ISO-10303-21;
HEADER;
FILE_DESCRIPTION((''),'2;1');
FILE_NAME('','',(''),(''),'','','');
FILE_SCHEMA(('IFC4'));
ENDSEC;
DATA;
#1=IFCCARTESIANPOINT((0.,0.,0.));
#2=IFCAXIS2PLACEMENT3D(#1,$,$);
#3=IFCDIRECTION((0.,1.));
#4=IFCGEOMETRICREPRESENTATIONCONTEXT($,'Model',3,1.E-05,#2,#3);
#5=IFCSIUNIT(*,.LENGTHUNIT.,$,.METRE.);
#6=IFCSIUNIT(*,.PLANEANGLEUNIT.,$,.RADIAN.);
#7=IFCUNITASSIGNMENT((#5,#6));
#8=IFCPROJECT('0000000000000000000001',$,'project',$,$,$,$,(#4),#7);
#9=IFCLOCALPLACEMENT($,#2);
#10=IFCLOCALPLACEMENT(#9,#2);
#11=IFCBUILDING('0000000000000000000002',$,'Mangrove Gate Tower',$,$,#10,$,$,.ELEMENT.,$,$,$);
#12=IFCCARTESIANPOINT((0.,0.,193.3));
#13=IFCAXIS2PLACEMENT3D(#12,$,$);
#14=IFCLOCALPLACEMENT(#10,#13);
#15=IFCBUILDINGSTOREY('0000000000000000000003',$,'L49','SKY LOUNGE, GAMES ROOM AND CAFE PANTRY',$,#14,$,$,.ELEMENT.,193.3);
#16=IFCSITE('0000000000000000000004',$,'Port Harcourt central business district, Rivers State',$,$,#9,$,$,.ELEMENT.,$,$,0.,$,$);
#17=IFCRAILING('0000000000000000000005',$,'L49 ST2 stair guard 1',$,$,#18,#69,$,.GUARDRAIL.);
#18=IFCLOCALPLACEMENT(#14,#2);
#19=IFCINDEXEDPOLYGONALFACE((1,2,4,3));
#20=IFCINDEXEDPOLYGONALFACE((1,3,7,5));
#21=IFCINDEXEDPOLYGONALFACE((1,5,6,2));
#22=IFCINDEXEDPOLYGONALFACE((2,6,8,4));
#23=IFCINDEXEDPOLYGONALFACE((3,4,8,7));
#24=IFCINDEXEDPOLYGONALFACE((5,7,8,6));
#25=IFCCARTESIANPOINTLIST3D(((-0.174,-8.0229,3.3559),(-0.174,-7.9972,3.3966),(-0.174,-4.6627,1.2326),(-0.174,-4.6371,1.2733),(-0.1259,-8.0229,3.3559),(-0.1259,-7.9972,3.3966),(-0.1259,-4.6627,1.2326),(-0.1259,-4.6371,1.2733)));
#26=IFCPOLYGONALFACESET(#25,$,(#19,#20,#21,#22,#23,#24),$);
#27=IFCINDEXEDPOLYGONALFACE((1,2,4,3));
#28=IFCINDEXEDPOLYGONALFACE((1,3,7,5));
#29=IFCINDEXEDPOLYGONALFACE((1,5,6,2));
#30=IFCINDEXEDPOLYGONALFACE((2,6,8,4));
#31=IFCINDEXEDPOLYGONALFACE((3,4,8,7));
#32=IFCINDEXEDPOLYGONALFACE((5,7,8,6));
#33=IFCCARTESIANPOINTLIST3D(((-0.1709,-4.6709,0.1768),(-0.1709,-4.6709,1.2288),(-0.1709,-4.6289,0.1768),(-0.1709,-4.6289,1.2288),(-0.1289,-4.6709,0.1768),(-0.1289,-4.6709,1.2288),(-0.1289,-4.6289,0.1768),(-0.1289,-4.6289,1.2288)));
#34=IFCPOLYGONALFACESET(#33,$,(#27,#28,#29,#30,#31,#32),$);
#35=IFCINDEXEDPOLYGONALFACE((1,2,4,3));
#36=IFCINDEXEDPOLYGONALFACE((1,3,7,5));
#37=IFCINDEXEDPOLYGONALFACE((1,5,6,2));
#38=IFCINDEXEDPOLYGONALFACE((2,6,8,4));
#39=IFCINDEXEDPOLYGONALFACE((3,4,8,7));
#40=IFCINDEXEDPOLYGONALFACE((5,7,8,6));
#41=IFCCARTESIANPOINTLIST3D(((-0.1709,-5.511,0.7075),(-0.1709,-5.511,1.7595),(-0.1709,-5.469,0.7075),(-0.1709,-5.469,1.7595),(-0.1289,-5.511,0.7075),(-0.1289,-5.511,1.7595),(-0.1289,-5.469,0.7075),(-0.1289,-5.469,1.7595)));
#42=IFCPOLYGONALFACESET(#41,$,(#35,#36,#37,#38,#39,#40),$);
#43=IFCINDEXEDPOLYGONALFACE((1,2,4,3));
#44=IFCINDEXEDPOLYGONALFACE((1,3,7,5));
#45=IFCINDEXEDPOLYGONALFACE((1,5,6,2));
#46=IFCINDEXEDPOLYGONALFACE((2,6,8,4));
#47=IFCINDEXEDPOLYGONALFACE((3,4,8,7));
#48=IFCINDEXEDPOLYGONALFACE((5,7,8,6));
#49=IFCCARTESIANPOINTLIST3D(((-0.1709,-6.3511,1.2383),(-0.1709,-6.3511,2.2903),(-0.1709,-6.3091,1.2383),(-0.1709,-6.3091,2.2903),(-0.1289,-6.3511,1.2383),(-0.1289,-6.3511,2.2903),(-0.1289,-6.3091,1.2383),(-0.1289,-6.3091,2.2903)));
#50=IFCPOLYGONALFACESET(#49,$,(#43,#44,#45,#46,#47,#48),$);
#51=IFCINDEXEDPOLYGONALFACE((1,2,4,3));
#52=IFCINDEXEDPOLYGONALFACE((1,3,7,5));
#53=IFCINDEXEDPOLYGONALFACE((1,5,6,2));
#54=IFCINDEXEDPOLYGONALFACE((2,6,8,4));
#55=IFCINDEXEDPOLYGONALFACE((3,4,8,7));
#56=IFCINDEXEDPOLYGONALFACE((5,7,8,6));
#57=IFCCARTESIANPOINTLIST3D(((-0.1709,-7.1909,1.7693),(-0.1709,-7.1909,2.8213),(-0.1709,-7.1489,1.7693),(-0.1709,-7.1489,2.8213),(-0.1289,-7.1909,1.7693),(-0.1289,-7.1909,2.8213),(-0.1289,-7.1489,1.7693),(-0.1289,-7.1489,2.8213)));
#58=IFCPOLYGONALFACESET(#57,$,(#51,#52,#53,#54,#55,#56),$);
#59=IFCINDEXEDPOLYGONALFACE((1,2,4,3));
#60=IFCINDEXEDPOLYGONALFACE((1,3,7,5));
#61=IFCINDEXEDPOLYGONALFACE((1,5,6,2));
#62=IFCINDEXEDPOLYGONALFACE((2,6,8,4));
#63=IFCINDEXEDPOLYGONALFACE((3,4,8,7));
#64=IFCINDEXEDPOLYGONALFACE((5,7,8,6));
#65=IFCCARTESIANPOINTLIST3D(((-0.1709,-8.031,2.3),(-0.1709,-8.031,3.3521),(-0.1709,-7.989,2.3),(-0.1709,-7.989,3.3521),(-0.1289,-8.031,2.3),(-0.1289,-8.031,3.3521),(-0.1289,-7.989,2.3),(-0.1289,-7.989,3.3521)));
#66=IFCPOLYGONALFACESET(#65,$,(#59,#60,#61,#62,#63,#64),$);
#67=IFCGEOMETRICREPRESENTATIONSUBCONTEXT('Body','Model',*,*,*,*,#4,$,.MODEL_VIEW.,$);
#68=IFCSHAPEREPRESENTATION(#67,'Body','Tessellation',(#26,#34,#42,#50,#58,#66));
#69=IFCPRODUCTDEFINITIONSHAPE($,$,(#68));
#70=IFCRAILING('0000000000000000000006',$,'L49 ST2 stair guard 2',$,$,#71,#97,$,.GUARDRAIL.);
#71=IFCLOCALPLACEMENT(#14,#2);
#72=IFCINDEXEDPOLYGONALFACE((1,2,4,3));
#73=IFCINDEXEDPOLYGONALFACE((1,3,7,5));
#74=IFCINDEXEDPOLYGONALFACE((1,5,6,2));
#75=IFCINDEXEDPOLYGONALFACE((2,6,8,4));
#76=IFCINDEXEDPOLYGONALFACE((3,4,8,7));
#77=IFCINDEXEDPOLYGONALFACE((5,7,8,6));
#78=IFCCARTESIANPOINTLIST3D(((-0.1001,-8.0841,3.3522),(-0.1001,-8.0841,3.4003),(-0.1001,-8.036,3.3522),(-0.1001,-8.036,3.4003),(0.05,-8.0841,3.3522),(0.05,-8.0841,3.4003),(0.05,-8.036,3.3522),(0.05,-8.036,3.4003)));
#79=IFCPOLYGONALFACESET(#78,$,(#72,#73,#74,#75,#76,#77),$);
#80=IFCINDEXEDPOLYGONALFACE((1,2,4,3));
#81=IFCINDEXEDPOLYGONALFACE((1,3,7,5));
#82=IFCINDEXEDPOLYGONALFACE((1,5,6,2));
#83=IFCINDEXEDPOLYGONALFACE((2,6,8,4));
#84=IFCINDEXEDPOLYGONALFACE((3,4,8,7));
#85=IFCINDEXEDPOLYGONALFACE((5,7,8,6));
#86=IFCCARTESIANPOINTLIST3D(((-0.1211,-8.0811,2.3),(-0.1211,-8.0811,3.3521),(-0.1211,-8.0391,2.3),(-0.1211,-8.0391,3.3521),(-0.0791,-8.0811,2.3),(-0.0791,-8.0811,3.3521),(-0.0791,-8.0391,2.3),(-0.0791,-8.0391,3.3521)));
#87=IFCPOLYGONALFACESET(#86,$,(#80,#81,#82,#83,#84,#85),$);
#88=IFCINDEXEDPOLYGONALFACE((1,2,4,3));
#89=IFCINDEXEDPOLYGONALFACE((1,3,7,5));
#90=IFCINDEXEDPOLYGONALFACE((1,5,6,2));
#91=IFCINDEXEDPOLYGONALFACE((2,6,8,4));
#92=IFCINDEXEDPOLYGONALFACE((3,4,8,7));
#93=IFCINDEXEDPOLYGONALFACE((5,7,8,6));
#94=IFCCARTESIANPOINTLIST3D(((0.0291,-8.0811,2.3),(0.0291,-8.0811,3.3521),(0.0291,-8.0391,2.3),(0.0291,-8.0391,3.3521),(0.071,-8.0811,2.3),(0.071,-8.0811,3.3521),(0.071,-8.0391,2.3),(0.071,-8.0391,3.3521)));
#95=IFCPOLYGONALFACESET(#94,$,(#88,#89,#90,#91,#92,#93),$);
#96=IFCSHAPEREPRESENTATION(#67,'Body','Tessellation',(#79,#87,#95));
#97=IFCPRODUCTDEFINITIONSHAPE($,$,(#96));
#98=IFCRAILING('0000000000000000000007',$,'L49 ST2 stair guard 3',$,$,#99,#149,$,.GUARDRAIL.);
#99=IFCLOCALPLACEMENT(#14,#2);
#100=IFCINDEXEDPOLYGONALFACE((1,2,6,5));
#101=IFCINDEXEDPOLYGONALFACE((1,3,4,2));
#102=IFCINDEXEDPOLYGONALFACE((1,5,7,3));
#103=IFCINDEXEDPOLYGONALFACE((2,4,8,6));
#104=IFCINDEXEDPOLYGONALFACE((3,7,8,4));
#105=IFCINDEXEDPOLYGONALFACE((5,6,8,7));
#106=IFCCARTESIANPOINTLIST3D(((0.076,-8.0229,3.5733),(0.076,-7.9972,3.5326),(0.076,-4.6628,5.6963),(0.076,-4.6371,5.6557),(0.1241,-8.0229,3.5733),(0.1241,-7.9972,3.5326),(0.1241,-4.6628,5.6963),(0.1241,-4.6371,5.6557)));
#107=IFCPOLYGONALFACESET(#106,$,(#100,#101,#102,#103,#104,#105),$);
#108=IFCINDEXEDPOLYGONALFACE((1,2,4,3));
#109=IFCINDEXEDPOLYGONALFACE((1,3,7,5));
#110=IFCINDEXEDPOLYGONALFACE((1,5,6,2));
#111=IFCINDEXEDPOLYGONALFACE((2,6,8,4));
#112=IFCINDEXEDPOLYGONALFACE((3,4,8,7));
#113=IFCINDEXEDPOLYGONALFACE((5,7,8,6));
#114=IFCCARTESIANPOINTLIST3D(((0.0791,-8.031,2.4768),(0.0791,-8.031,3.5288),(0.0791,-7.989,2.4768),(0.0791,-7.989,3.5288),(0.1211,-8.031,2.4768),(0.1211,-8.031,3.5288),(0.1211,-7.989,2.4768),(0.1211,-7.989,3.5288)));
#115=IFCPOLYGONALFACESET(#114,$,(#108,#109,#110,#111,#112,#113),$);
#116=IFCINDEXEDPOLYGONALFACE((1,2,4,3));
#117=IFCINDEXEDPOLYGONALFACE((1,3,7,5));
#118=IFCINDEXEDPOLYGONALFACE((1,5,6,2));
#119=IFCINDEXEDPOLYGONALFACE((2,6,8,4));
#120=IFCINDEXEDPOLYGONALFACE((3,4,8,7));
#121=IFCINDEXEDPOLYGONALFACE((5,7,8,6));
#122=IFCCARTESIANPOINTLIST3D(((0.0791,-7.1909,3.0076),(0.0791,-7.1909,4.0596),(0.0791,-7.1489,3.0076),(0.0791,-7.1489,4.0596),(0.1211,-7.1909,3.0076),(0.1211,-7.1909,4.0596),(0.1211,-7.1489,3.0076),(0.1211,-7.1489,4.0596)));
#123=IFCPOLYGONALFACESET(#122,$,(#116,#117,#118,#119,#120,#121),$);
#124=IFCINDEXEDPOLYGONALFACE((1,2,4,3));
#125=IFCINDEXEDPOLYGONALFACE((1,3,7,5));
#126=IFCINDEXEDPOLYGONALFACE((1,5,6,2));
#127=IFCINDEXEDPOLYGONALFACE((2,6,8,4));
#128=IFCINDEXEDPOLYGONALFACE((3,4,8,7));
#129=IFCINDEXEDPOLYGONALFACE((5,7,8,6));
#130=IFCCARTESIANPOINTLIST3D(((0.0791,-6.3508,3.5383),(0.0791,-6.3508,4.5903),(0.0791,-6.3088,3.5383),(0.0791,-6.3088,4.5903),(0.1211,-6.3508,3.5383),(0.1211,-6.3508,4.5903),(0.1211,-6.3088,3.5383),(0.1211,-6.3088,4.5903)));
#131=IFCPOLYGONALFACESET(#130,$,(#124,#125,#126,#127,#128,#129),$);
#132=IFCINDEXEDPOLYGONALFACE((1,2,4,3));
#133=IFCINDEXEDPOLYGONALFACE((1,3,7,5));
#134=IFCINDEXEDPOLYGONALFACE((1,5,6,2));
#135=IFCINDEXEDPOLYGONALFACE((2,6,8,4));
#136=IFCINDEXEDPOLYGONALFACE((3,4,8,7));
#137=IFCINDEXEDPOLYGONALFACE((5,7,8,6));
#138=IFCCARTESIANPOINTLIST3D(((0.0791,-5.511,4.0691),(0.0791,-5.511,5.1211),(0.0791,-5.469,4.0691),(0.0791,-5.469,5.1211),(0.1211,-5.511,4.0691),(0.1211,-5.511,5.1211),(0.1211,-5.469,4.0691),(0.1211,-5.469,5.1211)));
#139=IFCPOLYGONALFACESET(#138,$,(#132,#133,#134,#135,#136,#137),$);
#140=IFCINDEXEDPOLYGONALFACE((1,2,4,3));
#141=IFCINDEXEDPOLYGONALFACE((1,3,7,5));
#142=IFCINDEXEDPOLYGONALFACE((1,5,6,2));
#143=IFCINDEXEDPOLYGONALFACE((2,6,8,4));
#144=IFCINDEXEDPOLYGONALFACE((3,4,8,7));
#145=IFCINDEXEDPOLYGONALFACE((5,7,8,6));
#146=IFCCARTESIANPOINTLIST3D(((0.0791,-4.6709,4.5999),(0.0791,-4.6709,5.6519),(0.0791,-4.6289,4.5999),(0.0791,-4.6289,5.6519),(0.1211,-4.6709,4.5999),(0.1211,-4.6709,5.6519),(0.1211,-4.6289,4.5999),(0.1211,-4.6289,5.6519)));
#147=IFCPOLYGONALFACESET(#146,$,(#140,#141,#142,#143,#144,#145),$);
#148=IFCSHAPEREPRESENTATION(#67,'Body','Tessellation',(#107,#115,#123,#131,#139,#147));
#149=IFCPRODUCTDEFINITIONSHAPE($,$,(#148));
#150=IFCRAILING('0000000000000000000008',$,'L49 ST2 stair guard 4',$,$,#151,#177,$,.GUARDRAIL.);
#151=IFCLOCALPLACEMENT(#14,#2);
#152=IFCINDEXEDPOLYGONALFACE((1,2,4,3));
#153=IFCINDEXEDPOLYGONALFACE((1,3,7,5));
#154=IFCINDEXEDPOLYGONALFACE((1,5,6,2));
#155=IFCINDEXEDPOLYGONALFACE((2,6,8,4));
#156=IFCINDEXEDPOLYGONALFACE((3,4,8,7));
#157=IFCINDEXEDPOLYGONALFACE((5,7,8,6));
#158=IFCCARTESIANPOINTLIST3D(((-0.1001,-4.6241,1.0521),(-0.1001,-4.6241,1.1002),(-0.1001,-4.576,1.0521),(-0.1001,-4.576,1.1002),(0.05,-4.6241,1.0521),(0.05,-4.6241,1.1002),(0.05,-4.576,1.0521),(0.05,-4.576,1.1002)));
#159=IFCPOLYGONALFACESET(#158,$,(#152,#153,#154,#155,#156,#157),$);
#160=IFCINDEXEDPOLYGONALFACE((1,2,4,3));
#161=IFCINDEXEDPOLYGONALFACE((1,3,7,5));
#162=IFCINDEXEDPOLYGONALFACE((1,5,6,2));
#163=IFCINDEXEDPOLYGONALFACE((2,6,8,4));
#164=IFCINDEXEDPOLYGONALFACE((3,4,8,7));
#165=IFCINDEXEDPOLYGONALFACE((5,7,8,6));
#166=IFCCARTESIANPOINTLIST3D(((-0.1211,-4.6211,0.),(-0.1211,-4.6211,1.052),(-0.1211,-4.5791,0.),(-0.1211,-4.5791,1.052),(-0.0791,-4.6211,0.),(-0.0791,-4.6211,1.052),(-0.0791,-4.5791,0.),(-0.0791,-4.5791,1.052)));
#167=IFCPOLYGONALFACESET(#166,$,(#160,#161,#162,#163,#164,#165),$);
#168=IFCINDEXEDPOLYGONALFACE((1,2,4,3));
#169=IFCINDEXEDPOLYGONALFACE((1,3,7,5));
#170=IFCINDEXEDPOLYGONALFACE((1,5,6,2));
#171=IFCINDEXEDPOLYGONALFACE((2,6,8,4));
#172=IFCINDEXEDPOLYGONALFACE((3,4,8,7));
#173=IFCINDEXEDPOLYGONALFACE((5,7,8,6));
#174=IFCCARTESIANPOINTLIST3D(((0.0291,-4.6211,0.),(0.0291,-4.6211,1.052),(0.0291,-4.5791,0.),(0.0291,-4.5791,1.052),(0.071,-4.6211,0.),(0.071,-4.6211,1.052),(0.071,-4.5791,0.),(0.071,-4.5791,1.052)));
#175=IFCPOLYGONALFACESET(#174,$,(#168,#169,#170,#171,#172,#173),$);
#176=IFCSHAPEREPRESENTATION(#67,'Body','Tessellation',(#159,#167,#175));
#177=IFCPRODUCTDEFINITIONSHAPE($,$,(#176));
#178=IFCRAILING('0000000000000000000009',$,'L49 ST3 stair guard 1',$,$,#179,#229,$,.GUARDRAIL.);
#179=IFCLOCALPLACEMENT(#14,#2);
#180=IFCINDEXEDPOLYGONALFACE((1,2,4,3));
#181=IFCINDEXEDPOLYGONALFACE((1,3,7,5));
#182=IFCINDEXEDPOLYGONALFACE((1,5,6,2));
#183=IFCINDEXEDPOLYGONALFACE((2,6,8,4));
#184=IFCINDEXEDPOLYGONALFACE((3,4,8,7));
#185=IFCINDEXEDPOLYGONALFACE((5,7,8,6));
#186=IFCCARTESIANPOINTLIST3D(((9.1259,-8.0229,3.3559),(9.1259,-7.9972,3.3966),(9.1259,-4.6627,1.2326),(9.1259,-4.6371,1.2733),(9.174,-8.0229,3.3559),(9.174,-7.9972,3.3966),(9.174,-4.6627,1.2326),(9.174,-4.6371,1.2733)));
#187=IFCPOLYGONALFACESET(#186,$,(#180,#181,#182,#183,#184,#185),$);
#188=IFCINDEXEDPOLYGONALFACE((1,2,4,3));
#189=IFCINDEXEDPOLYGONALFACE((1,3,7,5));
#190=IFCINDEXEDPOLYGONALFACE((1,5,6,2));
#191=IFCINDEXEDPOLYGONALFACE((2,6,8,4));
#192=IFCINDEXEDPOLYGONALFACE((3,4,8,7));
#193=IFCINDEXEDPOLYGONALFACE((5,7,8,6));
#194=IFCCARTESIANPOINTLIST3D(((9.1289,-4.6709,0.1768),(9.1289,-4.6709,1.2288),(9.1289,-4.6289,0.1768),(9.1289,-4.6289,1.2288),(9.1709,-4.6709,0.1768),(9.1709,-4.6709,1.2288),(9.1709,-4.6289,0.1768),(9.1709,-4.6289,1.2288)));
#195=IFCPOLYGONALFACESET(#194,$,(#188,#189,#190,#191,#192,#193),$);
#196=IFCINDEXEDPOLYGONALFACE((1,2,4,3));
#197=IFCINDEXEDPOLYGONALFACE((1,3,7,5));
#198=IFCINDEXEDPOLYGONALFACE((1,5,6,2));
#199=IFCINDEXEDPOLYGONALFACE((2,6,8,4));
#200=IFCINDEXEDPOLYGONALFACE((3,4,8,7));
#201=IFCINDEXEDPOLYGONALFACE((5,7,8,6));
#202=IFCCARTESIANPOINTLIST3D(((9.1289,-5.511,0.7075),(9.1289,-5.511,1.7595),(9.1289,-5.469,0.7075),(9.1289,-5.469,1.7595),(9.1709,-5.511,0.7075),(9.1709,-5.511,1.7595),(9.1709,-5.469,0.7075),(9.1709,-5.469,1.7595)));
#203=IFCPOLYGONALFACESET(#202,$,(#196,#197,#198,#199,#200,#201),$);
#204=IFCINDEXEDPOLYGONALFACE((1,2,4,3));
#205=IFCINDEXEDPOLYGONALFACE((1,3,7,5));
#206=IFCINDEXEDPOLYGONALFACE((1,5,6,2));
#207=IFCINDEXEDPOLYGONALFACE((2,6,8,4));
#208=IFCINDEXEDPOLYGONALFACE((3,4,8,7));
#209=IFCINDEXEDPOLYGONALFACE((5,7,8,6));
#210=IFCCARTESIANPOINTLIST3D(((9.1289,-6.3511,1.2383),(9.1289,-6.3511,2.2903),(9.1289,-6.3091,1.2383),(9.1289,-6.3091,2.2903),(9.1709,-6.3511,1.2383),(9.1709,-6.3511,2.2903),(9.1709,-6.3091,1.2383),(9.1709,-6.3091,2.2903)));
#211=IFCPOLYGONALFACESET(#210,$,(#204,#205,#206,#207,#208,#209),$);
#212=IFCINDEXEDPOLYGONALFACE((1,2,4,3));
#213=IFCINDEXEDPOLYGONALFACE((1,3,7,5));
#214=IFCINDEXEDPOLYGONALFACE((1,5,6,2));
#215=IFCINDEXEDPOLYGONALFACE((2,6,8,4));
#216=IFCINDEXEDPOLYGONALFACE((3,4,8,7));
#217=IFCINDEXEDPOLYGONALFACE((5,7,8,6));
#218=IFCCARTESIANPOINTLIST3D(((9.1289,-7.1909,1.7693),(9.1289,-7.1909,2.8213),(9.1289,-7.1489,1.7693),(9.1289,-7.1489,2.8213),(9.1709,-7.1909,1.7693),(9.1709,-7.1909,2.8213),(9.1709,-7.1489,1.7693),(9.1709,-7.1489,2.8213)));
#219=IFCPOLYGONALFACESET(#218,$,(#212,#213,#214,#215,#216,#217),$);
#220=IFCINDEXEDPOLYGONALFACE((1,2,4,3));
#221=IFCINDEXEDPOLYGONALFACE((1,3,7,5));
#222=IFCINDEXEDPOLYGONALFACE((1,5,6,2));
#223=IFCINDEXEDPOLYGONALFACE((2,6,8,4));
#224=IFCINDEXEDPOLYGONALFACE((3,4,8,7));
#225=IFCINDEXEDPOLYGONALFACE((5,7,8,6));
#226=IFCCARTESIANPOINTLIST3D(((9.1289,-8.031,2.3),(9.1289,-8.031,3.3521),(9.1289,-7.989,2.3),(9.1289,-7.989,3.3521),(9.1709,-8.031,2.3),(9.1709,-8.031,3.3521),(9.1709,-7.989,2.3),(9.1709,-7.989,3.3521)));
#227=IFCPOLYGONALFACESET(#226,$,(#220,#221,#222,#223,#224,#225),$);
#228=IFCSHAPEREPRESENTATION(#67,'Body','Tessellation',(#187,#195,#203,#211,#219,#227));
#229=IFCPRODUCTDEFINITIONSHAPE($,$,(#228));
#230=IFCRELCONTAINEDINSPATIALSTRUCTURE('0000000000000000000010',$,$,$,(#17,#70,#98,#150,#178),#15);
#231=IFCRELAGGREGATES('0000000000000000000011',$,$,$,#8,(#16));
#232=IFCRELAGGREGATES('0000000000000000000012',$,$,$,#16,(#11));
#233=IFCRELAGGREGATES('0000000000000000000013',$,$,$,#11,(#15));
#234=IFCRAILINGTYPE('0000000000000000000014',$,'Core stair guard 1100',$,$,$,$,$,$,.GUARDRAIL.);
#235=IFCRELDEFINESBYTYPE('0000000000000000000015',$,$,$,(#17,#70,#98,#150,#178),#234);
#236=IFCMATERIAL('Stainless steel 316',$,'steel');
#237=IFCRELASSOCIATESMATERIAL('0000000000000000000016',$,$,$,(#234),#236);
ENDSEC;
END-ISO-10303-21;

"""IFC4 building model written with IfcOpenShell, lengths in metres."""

from ifc_helpers import new_model, si_unit, direction, frame, origin, origin_2d, place, context, subcontext, project, spatial, rectangle, extrude, material, type_object, element, save


model = new_model("IFC4")

# Units and contexts
model_context = context("Model", 3, precision=1e-05, world=origin(), true_north=direction((0.0, 1.0)))
body_context = subcontext(model_context, "Body", "Model", "MODEL_VIEW")
ifc_project = project(units=[si_unit("LENGTHUNIT", "METRE"), si_unit("PLANEANGLEUNIT", "RADIAN")], contexts=[model_context])

# Site, building, storey
site_placement = place(None, origin())
site = spatial("IfcSite", under=ifc_project, at=site_placement, Name="Port Harcourt central business district, Rivers State", CompositionType="ELEMENT", RefElevation=0.0)
building_placement = place(site_placement, origin())
building = spatial("IfcBuilding", under=site, at=building_placement, Name="Mangrove Gate Tower", CompositionType="ELEMENT")
storey_placement = place(building_placement, frame((0.0, 0.0, 193.3)))
storey = spatial("IfcBuildingStorey", under=building, at=storey_placement, Name="L49", Description="SKY LOUNGE, GAMES ROOM AND CAFE PANTRY", CompositionType="ELEMENT", Elevation=193.3)

# Railings
ifc_material_1 = material(Name="Stainless steel 316", Category="steel")
railing_type_1 = type_object("IfcRailingType", Name="Core stair guard 1100", PredefinedType="GUARDRAIL", material=ifc_material_1)
railing_1_placement = place(storey_placement, frame((-0.1499, -4.6499, 0.1768)))
element("IfcRailing", 1, at=railing_1_placement, inside=storey, type_object=railing_type_1, Name="L49 ST2 stair guard 1", PredefinedType="GUARDRAIL", context=body_context, shape_type="SweptSolid", body=[
    extrude(rectangle(XDim=0.0481, YDim=0.0481, at=origin_2d()), frame((0.0, 0.0, 1.0762), z_axis=(0.0, -0.845362, 0.534194), x_axis=(1.0, 0.0, 0.0)), (0.0, 0.0, 1.0), 3.9749),
    extrude(rectangle(XDim=0.042, YDim=0.042, at=origin_2d()), origin(), (0.0, 0.0, 1.0), 1.052),
    extrude(rectangle(XDim=0.042, YDim=0.042, at=origin_2d()), frame((0.0, -0.8401, 0.5308)), (0.0, 0.0, 1.0), 1.052),
    extrude(rectangle(XDim=0.042, YDim=0.042, at=origin_2d()), frame((0.0, -1.6802, 1.0615)), (0.0, 0.0, 1.0), 1.052),
    extrude(rectangle(XDim=0.042, YDim=0.042, at=origin_2d()), frame((0.0, -2.52, 1.5925)), (0.0, 0.0, 1.0), 1.052),
    extrude(rectangle(XDim=0.042, YDim=0.042, at=origin_2d()), frame((0.0, -3.3601, 2.1233)), (0.0, 0.0, 1.0), 1.052),
])
railing_2_placement = place(storey_placement, frame((-0.1001, -8.0601, 2.3)))
element("IfcRailing", 2, at=railing_2_placement, inside=storey, type_object=railing_type_1, Name="L49 ST2 stair guard 2", PredefinedType="GUARDRAIL", context=body_context, shape_type="SweptSolid", body=[
    extrude(rectangle(XDim=0.0481, YDim=0.0481, at=origin_2d()), frame((0.0, 0.0, 1.0762), z_axis=(1.0, 0.0, 0.0), x_axis=(0.0, 1.0, 0.0)), (0.0, 0.0, 1.0), 0.1501),
    extrude(rectangle(XDim=0.042, YDim=0.042, at=origin_2d()), origin(), (0.0, 0.0, 1.0), 1.052),
    extrude(rectangle(XDim=0.042, YDim=0.042, at=origin_2d()), frame((0.1501, 0.0, 0.0)), (0.0, 0.0, 1.0), 1.052),
])
railing_3_placement = place(storey_placement, frame((0.1001, -8.01, 2.4768)))
element("IfcRailing", 3, at=railing_3_placement, inside=storey, type_object=railing_type_1, Name="L49 ST2 stair guard 3", PredefinedType="GUARDRAIL", context=body_context, shape_type="SweptSolid", body=[
    extrude(rectangle(XDim=0.0481, YDim=0.0481, at=origin_2d()), frame((0.0, 0.0, 1.0762), z_axis=(0.0, 0.84539, 0.53415), x_axis=(-1.0, 0.0, 0.0)), (0.0, 0.0, 1.0), 3.9746),
    extrude(rectangle(XDim=0.042, YDim=0.042, at=origin_2d()), origin(), (0.0, 0.0, 1.0), 1.052),
    extrude(rectangle(XDim=0.042, YDim=0.042, at=origin_2d()), frame((0.0, 0.8401, 0.5308)), (0.0, 0.0, 1.0), 1.052),
    extrude(rectangle(XDim=0.042, YDim=0.042, at=origin_2d()), frame((0.0, 1.6802, 1.0615)), (0.0, 0.0, 1.0), 1.052),
    extrude(rectangle(XDim=0.042, YDim=0.042, at=origin_2d()), frame((0.0, 2.52, 1.5923)), (0.0, 0.0, 1.0), 1.052),
    extrude(rectangle(XDim=0.042, YDim=0.042, at=origin_2d()), frame((0.0, 3.3601, 2.123)), (0.0, 0.0, 1.0), 1.052),
])
railing_4_placement = place(storey_placement, frame((-0.1001, -4.6001, 0.0)))
element("IfcRailing", 4, at=railing_4_placement, inside=storey, type_object=railing_type_1, Name="L49 ST2 stair guard 4", PredefinedType="GUARDRAIL", context=body_context, shape_type="SweptSolid", body=[
    extrude(rectangle(XDim=0.0481, YDim=0.0481, at=origin_2d()), frame((0.0, 0.0, 1.0762), z_axis=(1.0, 0.0, 0.0), x_axis=(0.0, 1.0, 0.0)), (0.0, 0.0, 1.0), 0.1501),
    extrude(rectangle(XDim=0.042, YDim=0.042, at=origin_2d()), origin(), (0.0, 0.0, 1.0), 1.052),
    extrude(rectangle(XDim=0.042, YDim=0.042, at=origin_2d()), frame((0.1501, 0.0, 0.0)), (0.0, 0.0, 1.0), 1.052),
])
railing_5_placement = place(storey_placement, frame((9.1499, -4.6499, 0.1768)))
element("IfcRailing", 5, at=railing_5_placement, inside=storey, type_object=railing_type_1, Name="L49 ST3 stair guard 1", PredefinedType="GUARDRAIL", context=body_context, shape_type="SweptSolid", body=[
    extrude(rectangle(XDim=0.0481, YDim=0.0481, at=origin_2d()), frame((0.0, 0.0, 1.0762), z_axis=(0.0, -0.845362, 0.534194), x_axis=(1.0, 0.0, 0.0)), (0.0, 0.0, 1.0), 3.9749),
    extrude(rectangle(XDim=0.042, YDim=0.042, at=origin_2d()), origin(), (0.0, 0.0, 1.0), 1.052),
    extrude(rectangle(XDim=0.042, YDim=0.042, at=origin_2d()), frame((0.0, -0.8401, 0.5308)), (0.0, 0.0, 1.0), 1.052),
    extrude(rectangle(XDim=0.042, YDim=0.042, at=origin_2d()), frame((0.0, -1.6802, 1.0615)), (0.0, 0.0, 1.0), 1.052),
    extrude(rectangle(XDim=0.042, YDim=0.042, at=origin_2d()), frame((0.0, -2.52, 1.5925)), (0.0, 0.0, 1.0), 1.052),
    extrude(rectangle(XDim=0.042, YDim=0.042, at=origin_2d()), frame((0.0, -3.3601, 2.1233)), (0.0, 0.0, 1.0), 1.052),
])

save(model, "model.ifc")
